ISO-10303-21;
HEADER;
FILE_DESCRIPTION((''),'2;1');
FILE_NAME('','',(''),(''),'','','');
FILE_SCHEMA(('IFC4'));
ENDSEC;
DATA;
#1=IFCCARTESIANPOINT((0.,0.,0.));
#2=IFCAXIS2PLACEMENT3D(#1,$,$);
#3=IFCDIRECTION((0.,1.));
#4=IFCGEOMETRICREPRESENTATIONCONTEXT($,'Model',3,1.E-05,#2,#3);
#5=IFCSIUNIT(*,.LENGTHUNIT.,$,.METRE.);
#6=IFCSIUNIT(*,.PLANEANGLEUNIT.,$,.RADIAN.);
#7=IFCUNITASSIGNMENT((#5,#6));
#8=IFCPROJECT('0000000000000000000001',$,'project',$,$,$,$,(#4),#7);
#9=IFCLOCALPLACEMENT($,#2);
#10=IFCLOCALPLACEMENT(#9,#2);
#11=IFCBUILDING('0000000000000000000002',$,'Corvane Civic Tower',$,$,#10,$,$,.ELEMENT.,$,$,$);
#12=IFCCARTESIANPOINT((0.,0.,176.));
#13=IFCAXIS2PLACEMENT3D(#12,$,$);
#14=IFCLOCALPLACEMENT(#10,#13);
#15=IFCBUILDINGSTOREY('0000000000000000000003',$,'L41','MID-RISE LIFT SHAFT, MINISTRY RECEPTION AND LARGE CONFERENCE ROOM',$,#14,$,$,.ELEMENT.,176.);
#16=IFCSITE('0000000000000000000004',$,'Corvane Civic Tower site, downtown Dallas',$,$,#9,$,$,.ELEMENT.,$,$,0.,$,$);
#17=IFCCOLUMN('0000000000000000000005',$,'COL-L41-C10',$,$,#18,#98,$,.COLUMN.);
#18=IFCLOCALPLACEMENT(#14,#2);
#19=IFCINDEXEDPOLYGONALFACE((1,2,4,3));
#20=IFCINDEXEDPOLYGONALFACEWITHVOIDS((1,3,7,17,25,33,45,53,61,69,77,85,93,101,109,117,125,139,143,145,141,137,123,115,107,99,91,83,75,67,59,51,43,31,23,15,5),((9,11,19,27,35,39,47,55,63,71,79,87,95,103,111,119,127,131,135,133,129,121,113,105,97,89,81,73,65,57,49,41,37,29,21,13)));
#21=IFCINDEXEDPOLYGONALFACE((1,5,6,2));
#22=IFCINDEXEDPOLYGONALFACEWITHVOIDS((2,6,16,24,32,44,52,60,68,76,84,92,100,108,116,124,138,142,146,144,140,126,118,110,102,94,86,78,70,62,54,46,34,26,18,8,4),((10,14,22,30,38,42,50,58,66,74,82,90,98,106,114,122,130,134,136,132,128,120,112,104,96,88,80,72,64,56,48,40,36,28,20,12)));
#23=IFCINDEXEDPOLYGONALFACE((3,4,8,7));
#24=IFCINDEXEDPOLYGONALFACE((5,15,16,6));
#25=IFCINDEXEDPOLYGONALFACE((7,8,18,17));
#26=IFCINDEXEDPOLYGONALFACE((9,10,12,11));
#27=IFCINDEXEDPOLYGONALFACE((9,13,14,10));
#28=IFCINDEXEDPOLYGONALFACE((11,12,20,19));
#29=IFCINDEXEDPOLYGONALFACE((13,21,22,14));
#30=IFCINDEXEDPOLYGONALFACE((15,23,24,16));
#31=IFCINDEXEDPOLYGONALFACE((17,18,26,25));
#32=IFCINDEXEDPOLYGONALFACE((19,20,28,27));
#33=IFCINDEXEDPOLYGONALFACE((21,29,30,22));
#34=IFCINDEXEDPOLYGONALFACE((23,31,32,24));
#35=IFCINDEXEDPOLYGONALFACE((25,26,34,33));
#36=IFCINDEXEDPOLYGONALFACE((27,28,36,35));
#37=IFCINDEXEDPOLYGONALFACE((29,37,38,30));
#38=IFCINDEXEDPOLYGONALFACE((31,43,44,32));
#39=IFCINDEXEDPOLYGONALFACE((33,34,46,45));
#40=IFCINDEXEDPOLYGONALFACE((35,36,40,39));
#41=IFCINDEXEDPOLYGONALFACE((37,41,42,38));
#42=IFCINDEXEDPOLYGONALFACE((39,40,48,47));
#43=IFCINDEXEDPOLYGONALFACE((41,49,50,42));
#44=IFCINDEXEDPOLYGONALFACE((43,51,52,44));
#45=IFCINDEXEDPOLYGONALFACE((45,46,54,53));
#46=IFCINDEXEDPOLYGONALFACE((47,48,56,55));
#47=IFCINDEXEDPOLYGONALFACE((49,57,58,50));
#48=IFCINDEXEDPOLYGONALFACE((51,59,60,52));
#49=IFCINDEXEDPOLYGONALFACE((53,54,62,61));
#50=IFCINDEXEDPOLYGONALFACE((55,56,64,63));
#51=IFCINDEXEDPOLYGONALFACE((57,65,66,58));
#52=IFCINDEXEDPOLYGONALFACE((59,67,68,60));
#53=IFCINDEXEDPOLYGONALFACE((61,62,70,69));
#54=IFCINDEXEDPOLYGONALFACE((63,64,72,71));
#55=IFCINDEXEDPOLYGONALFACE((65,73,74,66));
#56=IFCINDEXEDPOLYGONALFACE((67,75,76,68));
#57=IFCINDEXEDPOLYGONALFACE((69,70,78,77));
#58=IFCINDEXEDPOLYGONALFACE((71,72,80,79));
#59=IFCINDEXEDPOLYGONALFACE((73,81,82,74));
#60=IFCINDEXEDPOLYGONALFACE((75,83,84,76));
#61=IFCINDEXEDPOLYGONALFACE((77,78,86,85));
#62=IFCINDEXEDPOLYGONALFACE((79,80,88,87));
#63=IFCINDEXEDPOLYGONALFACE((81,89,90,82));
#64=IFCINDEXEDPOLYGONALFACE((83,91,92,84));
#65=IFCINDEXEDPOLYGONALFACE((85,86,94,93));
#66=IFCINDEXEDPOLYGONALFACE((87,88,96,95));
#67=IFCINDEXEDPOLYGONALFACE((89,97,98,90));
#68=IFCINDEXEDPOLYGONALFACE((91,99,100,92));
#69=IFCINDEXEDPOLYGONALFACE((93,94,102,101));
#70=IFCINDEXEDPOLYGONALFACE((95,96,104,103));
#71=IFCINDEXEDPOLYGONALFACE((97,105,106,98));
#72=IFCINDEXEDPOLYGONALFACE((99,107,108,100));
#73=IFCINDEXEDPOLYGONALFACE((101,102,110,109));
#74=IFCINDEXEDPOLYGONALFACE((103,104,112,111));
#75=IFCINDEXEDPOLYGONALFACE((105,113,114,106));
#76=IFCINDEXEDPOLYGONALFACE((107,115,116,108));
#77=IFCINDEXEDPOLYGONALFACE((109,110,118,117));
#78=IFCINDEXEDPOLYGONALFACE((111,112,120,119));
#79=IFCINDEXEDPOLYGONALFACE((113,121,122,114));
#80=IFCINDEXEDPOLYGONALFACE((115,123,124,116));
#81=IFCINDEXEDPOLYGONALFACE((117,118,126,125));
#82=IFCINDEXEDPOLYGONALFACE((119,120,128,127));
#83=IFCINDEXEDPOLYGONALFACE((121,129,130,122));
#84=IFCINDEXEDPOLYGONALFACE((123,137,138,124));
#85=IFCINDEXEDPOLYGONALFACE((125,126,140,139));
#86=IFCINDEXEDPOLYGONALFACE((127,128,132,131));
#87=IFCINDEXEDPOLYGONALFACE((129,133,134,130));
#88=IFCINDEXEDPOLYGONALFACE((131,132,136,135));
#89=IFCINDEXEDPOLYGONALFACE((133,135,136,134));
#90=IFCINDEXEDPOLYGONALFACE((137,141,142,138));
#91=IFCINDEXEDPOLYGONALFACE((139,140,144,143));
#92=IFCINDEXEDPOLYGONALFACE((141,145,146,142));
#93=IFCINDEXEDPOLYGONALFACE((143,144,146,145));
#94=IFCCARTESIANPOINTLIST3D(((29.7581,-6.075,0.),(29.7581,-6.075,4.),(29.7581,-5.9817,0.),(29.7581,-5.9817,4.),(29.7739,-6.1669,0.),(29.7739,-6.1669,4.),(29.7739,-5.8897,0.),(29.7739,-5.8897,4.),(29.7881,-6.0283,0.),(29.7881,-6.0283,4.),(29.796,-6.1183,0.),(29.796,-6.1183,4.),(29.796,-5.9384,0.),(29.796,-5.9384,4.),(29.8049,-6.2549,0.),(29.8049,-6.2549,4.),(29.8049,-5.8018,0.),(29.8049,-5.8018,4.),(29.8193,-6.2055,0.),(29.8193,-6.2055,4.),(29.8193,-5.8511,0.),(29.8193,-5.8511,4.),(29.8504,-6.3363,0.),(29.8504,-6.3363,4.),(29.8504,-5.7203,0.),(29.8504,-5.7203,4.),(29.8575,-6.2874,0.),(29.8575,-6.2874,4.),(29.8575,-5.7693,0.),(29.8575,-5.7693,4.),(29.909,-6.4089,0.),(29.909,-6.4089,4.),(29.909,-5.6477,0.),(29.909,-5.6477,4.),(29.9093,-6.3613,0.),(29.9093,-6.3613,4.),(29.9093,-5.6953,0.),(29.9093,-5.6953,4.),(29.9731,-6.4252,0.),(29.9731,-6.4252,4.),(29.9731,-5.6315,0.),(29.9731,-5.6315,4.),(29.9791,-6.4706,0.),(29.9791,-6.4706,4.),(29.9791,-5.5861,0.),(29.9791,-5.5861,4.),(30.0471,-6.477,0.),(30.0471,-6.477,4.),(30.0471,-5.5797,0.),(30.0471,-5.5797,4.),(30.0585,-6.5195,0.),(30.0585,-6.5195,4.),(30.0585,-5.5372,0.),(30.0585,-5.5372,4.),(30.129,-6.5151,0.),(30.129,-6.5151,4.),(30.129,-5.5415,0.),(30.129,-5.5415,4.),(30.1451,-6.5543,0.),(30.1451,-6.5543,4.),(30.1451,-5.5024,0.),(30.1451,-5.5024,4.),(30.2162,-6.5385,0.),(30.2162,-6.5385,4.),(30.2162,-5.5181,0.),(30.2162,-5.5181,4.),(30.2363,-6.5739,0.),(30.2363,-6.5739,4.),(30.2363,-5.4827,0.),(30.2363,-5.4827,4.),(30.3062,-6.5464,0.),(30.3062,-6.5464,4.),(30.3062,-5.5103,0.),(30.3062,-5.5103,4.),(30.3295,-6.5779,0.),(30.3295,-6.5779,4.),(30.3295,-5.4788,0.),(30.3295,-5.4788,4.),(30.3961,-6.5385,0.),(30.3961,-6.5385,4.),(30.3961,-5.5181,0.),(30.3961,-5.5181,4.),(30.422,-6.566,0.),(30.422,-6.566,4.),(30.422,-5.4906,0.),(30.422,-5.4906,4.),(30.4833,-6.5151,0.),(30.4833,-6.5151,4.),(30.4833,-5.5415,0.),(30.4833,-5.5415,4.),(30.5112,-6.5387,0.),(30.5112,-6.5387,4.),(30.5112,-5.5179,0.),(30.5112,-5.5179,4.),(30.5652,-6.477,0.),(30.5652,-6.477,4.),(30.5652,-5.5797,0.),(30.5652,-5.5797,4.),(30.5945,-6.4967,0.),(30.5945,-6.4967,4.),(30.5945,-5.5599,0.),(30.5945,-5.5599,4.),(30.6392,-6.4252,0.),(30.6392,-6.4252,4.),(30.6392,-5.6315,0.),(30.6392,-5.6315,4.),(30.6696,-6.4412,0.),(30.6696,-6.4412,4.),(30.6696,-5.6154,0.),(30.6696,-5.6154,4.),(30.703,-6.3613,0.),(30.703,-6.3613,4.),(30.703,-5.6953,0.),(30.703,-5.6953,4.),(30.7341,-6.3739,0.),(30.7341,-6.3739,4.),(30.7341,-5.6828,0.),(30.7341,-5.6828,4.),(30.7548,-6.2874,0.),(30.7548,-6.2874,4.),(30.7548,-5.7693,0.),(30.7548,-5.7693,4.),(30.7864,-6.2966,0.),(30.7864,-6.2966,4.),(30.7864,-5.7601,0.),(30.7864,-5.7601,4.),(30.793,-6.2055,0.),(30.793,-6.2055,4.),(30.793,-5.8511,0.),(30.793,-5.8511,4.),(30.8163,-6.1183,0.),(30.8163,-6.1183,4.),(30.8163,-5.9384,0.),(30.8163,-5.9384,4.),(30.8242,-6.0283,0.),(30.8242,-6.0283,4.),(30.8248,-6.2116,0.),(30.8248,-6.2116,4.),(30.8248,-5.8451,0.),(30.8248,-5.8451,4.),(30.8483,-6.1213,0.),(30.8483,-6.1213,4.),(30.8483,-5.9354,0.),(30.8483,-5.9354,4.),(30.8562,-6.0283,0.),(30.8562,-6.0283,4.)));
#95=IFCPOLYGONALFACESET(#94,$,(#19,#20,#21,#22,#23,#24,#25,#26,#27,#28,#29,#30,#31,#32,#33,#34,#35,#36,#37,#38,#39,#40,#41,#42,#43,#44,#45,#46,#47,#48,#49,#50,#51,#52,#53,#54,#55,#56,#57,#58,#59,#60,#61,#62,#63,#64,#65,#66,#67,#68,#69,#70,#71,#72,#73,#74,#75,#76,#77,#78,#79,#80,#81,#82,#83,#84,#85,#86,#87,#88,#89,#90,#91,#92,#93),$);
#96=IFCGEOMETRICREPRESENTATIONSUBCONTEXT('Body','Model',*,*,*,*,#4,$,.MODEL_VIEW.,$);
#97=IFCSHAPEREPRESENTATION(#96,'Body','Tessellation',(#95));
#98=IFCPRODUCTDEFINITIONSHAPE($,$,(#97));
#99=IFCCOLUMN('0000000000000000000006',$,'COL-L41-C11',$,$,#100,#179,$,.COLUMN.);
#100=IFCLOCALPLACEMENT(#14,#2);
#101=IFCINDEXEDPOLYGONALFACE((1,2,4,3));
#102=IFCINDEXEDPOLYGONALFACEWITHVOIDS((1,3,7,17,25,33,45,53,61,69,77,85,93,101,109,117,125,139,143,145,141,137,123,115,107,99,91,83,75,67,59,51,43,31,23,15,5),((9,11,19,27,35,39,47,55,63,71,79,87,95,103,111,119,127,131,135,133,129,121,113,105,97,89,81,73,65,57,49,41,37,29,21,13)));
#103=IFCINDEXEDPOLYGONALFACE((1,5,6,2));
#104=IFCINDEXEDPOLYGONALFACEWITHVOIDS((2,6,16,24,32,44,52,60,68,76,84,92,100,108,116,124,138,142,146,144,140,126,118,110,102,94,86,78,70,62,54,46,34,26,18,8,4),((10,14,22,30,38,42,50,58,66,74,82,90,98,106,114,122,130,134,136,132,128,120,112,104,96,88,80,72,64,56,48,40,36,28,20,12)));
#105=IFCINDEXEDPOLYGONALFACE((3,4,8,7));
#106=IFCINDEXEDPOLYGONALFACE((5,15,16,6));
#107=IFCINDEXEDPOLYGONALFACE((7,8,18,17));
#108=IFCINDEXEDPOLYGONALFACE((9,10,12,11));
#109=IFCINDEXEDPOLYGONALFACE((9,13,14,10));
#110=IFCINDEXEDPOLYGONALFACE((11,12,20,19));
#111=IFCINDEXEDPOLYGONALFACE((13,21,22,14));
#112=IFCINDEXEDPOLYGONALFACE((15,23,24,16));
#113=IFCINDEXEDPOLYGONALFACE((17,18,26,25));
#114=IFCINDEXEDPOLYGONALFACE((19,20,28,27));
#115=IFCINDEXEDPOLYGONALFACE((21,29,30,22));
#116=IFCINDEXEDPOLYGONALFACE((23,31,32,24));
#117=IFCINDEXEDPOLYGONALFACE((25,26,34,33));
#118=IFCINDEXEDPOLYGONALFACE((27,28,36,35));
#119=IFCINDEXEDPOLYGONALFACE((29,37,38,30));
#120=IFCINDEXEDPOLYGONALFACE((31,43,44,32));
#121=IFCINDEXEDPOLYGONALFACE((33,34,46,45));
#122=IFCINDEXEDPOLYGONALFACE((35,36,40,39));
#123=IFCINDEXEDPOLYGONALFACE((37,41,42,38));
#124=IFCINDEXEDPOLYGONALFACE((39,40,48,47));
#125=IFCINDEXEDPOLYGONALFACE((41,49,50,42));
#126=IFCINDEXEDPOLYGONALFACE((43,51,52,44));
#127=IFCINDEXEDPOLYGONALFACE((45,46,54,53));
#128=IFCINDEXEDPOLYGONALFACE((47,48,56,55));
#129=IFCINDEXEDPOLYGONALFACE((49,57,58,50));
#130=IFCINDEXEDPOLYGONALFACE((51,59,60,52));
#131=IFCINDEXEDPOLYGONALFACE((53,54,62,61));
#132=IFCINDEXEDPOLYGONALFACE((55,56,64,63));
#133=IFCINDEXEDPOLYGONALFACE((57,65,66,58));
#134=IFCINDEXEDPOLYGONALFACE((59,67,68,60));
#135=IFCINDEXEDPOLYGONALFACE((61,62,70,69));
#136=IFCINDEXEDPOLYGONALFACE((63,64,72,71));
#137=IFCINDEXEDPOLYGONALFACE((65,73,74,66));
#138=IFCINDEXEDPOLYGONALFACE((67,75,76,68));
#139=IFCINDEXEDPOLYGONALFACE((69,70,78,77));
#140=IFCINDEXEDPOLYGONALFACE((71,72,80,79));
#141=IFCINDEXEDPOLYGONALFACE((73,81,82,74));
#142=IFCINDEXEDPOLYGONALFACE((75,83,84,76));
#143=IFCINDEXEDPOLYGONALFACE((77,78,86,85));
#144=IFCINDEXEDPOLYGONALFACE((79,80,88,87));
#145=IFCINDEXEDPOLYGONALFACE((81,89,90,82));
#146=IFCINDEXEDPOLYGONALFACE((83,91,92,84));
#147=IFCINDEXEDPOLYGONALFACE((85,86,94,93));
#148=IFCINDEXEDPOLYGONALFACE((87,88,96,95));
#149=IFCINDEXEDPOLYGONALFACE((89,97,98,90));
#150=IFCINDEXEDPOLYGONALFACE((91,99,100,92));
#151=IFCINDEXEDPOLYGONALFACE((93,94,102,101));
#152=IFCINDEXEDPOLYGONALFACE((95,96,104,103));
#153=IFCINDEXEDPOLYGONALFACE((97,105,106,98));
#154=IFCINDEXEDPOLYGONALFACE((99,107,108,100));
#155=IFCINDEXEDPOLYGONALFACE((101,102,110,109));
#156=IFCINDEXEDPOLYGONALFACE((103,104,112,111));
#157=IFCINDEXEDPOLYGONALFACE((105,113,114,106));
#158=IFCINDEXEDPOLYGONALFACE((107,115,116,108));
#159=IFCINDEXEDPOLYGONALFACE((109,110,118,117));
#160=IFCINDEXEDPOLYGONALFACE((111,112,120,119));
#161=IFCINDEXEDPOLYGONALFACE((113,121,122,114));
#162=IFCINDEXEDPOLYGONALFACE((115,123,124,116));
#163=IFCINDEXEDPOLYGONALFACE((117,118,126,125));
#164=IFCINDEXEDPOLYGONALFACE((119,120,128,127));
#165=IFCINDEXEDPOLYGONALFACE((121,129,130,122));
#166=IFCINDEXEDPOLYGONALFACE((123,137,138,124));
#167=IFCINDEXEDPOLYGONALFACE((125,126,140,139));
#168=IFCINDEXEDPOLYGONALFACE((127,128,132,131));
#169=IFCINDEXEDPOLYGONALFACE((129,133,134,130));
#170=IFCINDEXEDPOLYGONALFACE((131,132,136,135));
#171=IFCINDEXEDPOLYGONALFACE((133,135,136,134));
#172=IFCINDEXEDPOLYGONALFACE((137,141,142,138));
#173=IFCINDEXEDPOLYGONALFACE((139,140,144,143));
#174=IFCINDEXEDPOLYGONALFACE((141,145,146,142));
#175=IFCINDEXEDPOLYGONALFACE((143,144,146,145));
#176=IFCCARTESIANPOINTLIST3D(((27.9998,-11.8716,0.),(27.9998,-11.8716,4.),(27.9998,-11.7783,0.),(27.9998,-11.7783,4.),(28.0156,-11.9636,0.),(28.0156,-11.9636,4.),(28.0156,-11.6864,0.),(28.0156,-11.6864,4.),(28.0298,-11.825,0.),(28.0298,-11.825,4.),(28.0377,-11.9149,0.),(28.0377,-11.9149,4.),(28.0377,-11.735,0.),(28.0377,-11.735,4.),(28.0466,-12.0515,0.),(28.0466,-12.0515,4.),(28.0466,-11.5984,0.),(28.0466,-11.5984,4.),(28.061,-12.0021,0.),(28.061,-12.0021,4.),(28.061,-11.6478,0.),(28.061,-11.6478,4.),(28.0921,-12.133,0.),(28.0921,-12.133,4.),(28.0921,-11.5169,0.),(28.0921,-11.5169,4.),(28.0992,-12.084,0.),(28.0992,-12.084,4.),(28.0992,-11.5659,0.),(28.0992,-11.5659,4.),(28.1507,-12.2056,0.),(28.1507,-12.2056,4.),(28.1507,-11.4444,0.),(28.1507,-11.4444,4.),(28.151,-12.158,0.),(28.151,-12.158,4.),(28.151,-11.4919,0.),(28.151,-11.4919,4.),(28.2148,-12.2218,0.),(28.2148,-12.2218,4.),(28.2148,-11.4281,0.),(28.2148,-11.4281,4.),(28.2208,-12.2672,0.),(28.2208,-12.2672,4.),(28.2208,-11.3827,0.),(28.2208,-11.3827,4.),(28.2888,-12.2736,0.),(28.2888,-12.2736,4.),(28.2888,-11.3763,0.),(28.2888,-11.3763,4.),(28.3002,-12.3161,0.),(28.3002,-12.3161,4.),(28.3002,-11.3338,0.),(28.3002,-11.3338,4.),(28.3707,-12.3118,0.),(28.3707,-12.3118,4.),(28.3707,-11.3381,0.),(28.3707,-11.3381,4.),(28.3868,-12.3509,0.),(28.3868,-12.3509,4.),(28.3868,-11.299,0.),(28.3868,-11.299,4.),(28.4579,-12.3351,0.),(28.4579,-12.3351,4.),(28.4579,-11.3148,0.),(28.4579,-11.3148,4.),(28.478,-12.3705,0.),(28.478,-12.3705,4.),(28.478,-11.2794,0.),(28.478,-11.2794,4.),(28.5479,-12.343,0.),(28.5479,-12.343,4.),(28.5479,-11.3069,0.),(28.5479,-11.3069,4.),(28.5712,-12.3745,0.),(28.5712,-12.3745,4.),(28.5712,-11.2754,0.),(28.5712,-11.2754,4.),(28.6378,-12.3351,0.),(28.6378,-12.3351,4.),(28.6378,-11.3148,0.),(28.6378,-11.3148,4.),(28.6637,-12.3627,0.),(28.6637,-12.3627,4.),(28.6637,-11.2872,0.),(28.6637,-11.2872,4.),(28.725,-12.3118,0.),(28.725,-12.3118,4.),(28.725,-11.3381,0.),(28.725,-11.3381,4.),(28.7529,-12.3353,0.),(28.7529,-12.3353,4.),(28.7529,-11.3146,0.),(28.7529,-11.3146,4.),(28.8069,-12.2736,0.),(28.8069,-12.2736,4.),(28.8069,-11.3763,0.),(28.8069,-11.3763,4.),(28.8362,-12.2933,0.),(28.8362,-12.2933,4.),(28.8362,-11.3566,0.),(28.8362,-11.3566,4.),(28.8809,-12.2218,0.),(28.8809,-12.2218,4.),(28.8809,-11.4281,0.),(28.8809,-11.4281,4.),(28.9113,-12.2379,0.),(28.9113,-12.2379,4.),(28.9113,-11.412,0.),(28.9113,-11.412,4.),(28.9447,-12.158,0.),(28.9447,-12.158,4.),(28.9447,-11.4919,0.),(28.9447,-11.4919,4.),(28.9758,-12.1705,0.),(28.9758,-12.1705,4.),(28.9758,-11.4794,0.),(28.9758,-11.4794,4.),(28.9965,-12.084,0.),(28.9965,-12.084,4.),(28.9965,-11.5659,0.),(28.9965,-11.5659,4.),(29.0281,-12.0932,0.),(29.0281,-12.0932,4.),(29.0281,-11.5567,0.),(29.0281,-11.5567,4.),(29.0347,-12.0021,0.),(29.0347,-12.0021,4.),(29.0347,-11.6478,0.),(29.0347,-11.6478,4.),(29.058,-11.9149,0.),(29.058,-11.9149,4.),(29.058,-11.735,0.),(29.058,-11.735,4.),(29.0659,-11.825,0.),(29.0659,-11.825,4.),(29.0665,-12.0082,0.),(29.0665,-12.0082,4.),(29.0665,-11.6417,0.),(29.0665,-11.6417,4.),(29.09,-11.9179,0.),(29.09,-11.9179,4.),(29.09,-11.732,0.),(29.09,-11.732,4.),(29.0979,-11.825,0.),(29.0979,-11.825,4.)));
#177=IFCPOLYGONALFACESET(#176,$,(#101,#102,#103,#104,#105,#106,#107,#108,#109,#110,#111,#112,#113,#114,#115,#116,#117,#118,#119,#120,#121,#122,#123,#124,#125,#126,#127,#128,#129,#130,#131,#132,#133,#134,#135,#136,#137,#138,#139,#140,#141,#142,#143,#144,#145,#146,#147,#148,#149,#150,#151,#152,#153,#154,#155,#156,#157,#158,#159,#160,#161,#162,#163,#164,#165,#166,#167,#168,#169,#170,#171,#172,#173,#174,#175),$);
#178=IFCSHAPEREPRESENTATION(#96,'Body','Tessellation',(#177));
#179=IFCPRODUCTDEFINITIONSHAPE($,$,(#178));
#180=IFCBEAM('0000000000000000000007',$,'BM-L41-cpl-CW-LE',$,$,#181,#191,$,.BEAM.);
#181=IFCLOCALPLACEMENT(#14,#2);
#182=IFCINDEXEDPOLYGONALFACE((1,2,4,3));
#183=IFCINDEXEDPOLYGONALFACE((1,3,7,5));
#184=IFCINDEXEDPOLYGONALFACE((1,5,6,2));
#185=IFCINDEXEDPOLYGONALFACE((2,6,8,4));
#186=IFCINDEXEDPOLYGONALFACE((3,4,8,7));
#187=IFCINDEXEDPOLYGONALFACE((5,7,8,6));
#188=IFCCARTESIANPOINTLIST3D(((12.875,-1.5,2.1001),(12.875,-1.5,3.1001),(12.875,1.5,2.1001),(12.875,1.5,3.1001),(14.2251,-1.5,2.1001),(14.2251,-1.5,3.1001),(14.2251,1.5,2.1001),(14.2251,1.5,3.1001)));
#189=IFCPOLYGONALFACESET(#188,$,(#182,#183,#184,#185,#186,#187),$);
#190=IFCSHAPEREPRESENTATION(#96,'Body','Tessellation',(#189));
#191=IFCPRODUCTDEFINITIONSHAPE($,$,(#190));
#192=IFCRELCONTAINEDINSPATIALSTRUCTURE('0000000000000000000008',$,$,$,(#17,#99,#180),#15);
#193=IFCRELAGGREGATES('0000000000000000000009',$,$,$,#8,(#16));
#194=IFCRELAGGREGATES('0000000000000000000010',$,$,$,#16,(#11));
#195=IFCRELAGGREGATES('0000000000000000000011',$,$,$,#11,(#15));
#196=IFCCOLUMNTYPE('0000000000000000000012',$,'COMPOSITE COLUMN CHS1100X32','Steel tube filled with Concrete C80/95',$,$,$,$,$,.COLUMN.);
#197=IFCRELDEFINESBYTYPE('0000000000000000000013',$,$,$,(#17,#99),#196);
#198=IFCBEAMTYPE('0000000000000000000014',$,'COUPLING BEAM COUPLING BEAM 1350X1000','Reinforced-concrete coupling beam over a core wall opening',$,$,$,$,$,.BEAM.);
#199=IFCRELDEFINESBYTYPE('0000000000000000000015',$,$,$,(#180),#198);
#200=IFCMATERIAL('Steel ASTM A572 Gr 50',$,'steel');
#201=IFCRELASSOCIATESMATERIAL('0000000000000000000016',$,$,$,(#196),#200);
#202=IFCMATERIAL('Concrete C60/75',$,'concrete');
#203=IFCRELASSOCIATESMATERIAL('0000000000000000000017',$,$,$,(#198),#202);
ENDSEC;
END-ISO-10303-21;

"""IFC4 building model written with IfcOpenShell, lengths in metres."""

from ifc_helpers import new_model, si_unit, direction, frame, origin, origin_2d, place, context, subcontext, project, spatial, rectangle, hollow_circle, extrude, material, material_profile, profile_set, type_object, element, save


model = new_model("IFC4")

# Units and contexts
model_context = context("Model", 3, precision=1e-05, world=origin(), true_north=direction((0.0, 1.0)))
body_context = subcontext(model_context, "Body", "Model", "MODEL_VIEW")
ifc_project = project(units=[si_unit("LENGTHUNIT", "METRE"), si_unit("PLANEANGLEUNIT", "RADIAN")], contexts=[model_context])

# Site, building, storey
site_placement = place(None, origin())
site = spatial("IfcSite", under=ifc_project, at=site_placement, Name="Corvane Civic Tower site, downtown Dallas", CompositionType="ELEMENT", RefElevation=0.0)
building_placement = place(site_placement, origin())
building = spatial("IfcBuilding", under=site, at=building_placement, Name="Corvane Civic Tower", CompositionType="ELEMENT")
storey_placement = place(building_placement, frame((0.0, 0.0, 176.0)))
storey = spatial("IfcBuildingStorey", under=building, at=storey_placement, Name="L41", Description="MID-RISE LIFT SHAFT, MINISTRY RECEPTION AND LARGE CONFERENCE ROOM", CompositionType="ELEMENT", Elevation=176.0)

# Columns
ifc_material_1 = material(Name="Steel ASTM A572 Gr 50", Category="steel")
ifc_material_profile_1 = material_profile(ifc_material_1, hollow_circle(Radius=0.55, WallThickness=0.032, at=origin_2d()), Name="CHS1100X32")
ifc_profile_set_1 = profile_set([ifc_material_profile_1], Name="Steel ASTM A572 Gr 50")
column_type = type_object("IfcColumnType", Name="COMPOSITE COLUMN CHS1100X32", Description="Steel tube filled with Concrete C80/95", PredefinedType="COLUMN", material=ifc_profile_set_1)
for number, where, z_axis, x_axis, name in (
    (1, (30.3062, -6.0283, 0.0), (0.0, 0.0, 1.0), (1.0, 0.0, 0.0), "COL-L41-C10"),
    (2, (28.5479, -11.825, 0.0), (0.0, 0.0, 1.0), (1.0, 0.0, 0.0), "COL-L41-C11"),
):
    element("IfcColumn", number, at=place(storey_placement, frame(where, z_axis=z_axis, x_axis=x_axis)), inside=storey, type_object=column_type, Name=name, PredefinedType="COLUMN", context=body_context, shape_type="SweptSolid", body=[
        extrude(hollow_circle(Radius=0.55, WallThickness=0.032, at=origin_2d()), origin(), (0.0, 0.0, 1.0), 4.0),
    ])

# Beam
ifc_material_2 = material(Name="Concrete C60/75", Category="concrete")
ifc_material_profile_2 = material_profile(ifc_material_2, rectangle(XDim=1.3501, YDim=1.0, at=origin_2d()), Name="COUPLING BEAM 1350X1000")
ifc_profile_set_2 = profile_set([ifc_material_profile_2], Name="Concrete C60/75")
beam_type_1 = type_object("IfcBeamType", Name="COUPLING BEAM COUPLING BEAM 1350X1000", Description="Reinforced-concrete coupling beam over a core wall opening", PredefinedType="BEAM", material=ifc_profile_set_2)
beam_1_placement = place(storey_placement, frame((13.55, -1.5, 2.6001), z_axis=(0.0, 1.0, 0.0), x_axis=(-1.0, 0.0, 0.0)))
element("IfcBeam", 3, at=beam_1_placement, inside=storey, type_object=beam_type_1, Name="BM-L41-cpl-CW-LE", PredefinedType="BEAM", context=body_context, shape_type="SweptSolid", body=[
    extrude(rectangle(XDim=1.3501, YDim=1.0, at=origin_2d()), origin(), (0.0, 0.0, 1.0), 3.0),
])

save(model, "model.ifc")
